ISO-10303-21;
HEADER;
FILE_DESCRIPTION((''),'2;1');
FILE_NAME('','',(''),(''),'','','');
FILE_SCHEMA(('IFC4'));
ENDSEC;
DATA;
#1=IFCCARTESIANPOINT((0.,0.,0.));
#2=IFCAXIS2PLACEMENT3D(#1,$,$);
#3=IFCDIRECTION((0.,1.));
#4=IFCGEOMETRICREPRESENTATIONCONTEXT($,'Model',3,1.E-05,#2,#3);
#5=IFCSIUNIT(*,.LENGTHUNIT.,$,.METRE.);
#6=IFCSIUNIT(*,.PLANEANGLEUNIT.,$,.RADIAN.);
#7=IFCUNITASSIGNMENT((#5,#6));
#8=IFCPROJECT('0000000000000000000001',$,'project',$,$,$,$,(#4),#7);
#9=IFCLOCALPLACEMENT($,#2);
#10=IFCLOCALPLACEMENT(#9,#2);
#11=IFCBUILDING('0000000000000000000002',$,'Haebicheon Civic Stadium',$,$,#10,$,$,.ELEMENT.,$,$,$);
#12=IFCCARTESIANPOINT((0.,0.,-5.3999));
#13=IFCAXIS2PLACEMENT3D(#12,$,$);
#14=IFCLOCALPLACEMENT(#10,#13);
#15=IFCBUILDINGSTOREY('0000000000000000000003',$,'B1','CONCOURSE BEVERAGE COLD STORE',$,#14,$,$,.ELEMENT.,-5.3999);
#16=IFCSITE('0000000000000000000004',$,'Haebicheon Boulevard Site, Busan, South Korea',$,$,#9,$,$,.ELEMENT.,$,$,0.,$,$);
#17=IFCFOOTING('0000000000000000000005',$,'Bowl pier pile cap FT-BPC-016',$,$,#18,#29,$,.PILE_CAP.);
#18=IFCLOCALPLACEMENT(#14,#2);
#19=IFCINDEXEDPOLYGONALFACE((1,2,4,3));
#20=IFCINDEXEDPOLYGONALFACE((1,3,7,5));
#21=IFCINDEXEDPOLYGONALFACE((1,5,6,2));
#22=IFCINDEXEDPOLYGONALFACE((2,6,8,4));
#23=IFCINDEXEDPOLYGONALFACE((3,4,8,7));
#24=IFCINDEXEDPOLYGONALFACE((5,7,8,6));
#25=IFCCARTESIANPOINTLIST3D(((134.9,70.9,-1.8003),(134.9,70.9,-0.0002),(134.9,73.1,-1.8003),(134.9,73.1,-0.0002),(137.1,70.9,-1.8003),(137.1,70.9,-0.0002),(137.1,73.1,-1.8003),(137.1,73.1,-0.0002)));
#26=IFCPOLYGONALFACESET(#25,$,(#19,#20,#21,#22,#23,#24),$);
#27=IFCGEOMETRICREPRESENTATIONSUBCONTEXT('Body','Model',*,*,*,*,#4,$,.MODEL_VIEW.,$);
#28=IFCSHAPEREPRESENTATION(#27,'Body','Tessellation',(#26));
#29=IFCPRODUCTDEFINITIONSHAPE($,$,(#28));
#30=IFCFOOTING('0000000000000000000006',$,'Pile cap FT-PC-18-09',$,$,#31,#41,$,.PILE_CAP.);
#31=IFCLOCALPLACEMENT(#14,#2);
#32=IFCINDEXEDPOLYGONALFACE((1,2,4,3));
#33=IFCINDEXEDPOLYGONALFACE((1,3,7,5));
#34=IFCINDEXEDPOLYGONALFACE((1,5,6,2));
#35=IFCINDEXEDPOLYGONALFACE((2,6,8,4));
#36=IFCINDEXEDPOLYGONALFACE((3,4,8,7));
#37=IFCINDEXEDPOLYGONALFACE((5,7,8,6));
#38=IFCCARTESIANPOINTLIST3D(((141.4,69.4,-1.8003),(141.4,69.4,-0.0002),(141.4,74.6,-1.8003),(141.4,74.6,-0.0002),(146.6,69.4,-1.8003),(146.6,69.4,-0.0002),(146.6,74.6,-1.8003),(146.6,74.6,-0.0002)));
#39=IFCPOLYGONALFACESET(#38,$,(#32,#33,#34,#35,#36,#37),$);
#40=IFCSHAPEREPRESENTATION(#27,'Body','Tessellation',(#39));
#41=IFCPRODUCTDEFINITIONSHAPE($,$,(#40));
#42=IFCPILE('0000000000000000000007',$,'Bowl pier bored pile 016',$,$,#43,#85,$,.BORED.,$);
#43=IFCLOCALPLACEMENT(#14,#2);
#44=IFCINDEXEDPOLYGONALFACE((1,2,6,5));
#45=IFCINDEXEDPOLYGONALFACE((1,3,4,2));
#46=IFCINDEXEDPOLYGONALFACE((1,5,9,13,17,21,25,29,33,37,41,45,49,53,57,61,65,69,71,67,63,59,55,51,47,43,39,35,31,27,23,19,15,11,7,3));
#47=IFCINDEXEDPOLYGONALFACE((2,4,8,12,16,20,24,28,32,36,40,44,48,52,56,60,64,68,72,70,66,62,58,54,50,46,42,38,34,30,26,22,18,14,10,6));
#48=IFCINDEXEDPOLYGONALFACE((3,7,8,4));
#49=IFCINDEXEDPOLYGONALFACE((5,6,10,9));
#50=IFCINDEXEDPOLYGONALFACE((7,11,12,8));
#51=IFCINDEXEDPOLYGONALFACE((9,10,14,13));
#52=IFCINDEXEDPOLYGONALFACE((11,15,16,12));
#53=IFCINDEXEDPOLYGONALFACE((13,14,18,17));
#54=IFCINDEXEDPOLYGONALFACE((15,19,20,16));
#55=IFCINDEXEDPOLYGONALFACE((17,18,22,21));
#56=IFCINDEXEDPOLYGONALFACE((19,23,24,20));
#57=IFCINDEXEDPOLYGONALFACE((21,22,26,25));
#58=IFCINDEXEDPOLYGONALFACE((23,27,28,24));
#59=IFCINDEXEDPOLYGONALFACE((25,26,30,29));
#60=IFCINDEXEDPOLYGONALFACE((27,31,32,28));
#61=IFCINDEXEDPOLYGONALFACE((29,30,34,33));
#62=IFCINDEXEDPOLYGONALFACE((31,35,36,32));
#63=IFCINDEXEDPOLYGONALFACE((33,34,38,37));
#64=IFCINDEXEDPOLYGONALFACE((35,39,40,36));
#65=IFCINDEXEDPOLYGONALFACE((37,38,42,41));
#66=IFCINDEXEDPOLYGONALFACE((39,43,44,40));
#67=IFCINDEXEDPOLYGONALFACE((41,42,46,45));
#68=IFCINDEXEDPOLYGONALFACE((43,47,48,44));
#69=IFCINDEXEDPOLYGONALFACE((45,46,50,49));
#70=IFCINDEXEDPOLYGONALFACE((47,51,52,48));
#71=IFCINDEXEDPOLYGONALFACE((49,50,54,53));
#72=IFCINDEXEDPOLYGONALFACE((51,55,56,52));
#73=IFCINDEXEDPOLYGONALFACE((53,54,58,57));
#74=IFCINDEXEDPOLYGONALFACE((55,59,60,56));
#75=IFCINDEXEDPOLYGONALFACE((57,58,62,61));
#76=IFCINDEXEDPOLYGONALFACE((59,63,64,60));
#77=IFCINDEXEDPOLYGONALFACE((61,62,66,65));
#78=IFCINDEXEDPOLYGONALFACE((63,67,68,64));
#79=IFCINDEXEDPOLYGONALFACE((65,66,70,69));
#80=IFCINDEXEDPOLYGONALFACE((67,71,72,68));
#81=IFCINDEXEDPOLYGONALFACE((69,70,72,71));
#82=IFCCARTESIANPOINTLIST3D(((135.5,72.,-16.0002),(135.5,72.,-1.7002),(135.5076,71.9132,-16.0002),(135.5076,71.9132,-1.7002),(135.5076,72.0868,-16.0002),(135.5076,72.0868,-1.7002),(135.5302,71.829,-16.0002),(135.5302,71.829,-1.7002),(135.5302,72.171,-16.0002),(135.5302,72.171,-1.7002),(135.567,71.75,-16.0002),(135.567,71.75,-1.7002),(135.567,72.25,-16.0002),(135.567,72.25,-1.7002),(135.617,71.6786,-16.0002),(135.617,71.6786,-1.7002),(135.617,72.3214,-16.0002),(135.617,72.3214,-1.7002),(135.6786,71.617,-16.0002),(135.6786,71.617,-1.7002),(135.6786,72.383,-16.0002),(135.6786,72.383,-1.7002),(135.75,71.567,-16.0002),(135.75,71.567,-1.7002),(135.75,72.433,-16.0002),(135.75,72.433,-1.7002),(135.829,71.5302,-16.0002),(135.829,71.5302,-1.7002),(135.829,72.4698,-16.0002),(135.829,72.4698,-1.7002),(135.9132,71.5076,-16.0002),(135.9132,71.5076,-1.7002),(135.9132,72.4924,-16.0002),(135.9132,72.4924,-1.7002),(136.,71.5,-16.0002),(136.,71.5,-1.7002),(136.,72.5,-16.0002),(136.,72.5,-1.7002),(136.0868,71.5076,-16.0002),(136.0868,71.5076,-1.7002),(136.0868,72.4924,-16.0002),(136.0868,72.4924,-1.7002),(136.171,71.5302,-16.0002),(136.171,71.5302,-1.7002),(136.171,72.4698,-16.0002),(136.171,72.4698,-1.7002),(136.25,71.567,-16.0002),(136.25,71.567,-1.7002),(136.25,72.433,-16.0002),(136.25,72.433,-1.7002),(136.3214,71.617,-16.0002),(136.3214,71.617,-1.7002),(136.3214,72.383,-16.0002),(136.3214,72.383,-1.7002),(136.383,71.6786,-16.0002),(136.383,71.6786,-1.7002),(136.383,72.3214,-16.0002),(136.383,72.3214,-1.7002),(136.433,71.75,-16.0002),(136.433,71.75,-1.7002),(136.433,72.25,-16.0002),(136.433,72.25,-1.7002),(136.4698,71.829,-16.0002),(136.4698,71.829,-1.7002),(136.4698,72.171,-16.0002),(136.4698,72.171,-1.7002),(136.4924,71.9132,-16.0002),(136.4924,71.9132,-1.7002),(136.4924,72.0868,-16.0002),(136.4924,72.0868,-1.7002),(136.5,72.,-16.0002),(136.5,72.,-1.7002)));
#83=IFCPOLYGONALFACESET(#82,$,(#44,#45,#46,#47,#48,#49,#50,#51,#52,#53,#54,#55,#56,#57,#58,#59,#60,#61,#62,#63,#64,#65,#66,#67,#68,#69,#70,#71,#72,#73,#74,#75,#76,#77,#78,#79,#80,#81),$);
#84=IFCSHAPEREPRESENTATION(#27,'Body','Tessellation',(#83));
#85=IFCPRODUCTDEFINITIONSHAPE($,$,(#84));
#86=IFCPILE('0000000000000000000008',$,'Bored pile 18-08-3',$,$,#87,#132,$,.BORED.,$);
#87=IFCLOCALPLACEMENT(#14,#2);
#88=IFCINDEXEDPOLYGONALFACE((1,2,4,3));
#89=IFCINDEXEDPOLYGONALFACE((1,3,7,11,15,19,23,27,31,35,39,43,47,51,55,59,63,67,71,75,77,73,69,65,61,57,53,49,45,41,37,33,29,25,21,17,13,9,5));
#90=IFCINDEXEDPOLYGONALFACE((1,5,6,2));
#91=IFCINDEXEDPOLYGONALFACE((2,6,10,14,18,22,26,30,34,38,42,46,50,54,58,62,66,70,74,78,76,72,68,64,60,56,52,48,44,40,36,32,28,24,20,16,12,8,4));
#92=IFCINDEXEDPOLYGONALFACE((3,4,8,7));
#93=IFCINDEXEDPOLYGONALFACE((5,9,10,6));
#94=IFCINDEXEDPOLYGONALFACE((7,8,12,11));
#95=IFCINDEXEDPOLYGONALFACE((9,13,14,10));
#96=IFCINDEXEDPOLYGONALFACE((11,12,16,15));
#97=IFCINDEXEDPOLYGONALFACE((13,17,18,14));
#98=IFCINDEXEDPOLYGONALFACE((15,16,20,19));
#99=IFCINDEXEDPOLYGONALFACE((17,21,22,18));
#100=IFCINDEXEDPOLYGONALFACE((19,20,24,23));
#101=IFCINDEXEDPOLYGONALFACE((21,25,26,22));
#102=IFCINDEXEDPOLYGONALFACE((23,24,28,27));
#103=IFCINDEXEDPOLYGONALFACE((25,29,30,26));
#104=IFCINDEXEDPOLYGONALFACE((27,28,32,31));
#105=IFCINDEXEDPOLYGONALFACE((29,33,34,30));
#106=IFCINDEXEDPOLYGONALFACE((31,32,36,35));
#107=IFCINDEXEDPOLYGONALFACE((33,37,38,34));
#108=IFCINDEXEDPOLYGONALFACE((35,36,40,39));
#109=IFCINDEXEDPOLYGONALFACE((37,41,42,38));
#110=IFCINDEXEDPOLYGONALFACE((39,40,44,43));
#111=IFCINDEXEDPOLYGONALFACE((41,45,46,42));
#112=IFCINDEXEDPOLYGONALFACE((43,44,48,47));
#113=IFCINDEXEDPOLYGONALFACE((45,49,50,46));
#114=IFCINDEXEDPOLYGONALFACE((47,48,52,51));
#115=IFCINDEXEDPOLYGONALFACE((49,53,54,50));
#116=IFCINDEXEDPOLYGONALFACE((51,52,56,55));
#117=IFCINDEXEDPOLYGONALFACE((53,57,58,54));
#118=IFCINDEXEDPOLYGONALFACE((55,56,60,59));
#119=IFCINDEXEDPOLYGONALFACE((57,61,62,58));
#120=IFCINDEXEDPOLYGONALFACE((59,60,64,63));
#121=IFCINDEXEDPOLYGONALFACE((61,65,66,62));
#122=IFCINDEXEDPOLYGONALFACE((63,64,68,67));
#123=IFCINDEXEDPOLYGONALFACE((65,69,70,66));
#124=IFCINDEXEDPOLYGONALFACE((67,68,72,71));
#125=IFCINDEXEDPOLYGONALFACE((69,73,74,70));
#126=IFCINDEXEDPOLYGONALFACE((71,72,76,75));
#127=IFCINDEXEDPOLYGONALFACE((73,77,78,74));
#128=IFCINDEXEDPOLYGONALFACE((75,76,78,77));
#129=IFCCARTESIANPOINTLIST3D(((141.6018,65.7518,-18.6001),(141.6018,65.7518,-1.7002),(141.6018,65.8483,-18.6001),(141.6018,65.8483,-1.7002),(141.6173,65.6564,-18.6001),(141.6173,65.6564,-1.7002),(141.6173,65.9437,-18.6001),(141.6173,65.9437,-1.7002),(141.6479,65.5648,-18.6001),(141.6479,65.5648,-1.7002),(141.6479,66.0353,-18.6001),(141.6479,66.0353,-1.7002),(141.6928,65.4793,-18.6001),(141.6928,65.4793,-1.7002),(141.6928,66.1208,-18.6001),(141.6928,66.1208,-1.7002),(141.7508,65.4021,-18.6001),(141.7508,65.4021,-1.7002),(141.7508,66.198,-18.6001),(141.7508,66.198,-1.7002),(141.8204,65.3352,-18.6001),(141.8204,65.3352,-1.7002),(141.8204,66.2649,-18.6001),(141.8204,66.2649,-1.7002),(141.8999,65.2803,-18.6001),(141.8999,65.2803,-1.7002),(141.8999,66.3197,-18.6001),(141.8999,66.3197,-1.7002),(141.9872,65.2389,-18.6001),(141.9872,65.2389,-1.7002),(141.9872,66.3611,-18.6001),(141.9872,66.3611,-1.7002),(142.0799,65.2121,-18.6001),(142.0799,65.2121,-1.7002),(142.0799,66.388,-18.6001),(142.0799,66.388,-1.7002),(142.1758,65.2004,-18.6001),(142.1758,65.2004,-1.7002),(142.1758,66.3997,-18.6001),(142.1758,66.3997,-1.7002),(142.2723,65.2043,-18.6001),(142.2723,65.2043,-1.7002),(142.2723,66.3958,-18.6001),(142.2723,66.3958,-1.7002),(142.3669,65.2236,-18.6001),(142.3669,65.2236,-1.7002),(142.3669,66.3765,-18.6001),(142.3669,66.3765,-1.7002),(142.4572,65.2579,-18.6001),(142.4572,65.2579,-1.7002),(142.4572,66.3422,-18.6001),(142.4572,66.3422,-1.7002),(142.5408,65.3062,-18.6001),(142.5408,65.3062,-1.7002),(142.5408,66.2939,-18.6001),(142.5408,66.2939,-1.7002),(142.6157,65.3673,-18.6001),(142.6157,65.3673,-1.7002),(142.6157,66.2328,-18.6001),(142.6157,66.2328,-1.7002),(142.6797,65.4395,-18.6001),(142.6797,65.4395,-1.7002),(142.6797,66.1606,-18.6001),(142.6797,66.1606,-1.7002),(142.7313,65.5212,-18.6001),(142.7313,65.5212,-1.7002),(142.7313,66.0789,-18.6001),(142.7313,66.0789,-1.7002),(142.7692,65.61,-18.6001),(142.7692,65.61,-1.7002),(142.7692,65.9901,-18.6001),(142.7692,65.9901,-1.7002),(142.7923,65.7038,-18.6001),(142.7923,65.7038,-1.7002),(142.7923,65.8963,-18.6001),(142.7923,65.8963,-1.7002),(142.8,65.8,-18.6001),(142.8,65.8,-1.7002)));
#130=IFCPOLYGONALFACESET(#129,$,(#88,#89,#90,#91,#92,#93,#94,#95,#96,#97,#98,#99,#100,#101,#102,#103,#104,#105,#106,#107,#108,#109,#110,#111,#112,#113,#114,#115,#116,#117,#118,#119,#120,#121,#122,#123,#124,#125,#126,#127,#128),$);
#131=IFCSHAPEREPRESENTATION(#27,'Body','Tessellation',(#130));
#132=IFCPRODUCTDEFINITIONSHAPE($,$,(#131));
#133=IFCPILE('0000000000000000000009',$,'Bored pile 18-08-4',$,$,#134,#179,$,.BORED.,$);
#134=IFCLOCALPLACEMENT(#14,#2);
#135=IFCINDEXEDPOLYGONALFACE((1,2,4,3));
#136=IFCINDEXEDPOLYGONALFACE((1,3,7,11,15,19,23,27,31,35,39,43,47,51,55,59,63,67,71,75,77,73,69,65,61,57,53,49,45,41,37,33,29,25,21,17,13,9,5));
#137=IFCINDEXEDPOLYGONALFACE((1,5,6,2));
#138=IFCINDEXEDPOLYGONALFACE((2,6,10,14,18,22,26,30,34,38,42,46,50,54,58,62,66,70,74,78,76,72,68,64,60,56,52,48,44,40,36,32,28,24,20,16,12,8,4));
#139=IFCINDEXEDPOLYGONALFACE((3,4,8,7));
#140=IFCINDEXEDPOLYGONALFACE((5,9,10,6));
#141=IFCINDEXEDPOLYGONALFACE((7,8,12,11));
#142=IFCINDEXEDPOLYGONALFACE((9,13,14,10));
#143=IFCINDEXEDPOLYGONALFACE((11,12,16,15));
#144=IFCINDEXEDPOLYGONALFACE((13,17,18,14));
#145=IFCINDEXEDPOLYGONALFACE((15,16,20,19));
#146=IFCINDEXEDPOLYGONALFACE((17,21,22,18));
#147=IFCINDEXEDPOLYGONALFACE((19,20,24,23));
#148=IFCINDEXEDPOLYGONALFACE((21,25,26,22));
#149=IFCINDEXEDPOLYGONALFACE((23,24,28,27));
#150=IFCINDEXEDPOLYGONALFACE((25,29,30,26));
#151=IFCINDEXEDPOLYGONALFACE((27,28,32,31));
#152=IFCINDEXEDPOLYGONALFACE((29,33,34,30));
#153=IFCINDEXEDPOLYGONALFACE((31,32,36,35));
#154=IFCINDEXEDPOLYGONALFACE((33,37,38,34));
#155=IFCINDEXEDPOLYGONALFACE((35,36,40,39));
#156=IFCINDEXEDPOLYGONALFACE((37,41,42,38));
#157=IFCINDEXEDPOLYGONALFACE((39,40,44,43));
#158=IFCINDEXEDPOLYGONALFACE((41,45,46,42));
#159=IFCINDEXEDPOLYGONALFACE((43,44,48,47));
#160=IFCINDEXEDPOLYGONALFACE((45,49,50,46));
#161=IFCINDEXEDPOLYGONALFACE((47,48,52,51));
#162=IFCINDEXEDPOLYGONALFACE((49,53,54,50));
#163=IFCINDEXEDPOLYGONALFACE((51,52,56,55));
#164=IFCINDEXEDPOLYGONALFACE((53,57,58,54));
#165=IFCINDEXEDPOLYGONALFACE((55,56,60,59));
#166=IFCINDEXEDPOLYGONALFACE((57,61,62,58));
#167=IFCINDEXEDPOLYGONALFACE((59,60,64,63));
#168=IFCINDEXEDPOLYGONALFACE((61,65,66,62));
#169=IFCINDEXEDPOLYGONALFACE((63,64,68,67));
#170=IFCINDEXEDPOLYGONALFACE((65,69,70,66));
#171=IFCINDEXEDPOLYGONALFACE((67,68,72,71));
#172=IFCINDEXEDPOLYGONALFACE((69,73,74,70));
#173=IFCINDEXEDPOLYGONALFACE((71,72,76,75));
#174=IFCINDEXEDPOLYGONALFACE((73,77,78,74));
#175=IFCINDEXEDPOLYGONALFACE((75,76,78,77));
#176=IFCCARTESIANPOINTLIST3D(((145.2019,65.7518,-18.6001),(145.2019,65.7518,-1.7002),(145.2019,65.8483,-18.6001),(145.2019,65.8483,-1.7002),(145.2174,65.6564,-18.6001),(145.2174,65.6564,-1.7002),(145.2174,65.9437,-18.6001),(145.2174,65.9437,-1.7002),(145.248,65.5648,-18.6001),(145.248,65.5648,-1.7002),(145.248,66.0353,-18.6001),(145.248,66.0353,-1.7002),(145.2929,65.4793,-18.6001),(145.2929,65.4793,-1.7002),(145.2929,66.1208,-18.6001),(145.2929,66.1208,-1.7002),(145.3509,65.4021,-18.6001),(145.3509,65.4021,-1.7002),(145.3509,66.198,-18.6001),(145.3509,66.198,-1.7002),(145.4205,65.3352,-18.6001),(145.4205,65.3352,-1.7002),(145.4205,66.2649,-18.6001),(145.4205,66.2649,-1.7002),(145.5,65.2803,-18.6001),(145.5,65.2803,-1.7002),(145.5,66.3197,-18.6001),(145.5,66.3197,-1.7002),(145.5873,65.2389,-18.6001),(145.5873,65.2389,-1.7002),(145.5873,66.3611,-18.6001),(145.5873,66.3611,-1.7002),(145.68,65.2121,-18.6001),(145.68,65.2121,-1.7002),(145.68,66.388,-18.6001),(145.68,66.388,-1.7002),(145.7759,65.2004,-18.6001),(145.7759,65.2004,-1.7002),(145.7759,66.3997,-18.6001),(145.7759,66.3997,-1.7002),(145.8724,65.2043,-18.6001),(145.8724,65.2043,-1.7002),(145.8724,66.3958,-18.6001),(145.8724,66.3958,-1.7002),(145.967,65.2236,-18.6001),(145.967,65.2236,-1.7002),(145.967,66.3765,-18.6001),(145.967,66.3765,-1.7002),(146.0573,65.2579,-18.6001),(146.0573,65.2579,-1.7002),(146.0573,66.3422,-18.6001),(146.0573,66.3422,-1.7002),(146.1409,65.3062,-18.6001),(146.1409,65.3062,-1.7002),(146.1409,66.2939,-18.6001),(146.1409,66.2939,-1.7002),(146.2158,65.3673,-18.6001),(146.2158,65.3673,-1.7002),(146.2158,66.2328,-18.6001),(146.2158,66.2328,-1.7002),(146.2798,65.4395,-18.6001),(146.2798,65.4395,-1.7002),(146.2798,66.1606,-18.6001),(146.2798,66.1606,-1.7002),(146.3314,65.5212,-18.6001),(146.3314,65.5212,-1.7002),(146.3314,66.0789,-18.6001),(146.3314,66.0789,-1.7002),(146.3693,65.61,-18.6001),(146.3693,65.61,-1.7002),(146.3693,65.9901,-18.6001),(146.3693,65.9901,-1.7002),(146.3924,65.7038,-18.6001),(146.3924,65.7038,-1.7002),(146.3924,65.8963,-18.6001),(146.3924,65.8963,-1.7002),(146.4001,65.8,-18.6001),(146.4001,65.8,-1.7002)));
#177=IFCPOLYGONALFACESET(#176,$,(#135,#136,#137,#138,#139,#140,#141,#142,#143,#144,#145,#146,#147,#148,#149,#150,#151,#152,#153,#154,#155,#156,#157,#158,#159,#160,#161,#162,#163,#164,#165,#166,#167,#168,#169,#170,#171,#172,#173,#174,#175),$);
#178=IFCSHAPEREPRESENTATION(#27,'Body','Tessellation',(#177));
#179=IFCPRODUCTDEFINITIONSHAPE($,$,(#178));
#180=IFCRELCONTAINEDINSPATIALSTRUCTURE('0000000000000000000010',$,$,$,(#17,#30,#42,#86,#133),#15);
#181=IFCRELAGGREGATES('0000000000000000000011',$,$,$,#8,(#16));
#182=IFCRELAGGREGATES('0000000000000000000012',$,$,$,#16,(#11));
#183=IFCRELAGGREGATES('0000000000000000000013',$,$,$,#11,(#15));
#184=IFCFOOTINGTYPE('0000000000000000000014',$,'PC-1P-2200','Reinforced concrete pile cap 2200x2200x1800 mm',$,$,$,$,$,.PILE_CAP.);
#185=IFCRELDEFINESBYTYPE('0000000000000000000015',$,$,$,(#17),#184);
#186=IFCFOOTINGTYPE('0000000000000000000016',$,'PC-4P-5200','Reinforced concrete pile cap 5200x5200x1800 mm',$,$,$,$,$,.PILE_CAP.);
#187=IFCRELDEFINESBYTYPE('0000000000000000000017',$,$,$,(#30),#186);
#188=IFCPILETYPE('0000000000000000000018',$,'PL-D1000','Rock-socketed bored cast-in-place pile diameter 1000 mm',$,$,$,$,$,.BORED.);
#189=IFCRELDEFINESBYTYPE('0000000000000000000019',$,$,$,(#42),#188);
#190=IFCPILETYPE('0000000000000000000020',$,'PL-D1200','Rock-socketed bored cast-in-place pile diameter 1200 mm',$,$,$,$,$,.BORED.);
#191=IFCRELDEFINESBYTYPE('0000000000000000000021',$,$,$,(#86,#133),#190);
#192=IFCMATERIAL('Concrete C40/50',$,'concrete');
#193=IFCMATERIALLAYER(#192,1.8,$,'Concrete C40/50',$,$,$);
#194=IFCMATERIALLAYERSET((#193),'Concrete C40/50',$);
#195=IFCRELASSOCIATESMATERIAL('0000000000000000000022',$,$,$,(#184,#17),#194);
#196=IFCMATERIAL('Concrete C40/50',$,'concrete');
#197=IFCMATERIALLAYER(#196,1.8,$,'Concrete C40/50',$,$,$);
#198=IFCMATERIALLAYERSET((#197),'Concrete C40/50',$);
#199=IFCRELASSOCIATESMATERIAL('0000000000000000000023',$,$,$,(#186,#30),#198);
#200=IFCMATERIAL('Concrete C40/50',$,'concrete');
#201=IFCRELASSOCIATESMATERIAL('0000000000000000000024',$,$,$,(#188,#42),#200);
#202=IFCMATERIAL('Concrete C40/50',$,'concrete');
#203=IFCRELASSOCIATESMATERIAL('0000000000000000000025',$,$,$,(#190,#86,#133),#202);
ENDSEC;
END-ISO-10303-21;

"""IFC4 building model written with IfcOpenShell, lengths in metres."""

from ifc_helpers import new_model, si_unit, direction, frame, origin, origin_2d, place, context, subcontext, project, spatial, rectangle, circle, extrude, material, layer, layer_set, material_profile, profile_set, type_object, element, save


model = new_model("IFC4")

# Units and contexts
model_context = context("Model", 3, precision=1e-05, world=origin(), true_north=direction((0.0, 1.0)))
body_context = subcontext(model_context, "Body", "Model", "MODEL_VIEW")
ifc_project = project(units=[si_unit("LENGTHUNIT", "METRE"), si_unit("PLANEANGLEUNIT", "RADIAN")], contexts=[model_context])

# Site, building, storey
site_placement = place(None, origin())
site = spatial("IfcSite", under=ifc_project, at=site_placement, Name="Haebicheon Boulevard Site, Busan, South Korea", CompositionType="ELEMENT", RefElevation=0.0)
building_placement = place(site_placement, origin())
building = spatial("IfcBuilding", under=site, at=building_placement, Name="Haebicheon Civic Stadium", CompositionType="ELEMENT")
storey_placement = place(building_placement, frame((0.0, 0.0, -5.3999)))
storey = spatial("IfcBuildingStorey", under=building, at=storey_placement, Name="B1", Description="CONCOURSE BEVERAGE COLD STORE", CompositionType="ELEMENT", Elevation=-5.3999)

# Footings
ifc_material_1 = material(Name="Concrete C40/50", Category="concrete")
ifc_layer_1 = layer(ifc_material_1, 1.8, Name="Concrete C40/50")
ifc_layer_set_1 = layer_set([ifc_layer_1], Name="Concrete C40/50")
footing_type_1 = type_object("IfcFootingType", Name="PC-1P-2200", Description="Reinforced concrete pile cap 2200x2200x1800 mm", PredefinedType="PILE_CAP", material=ifc_layer_set_1)
footing_1_placement = place(storey_placement, frame((136.0, 72.0, -1.8003), z_axis=(0.0, 0.0, 1.0), x_axis=(1.0, 0.0, 0.0)))
element("IfcFooting", 1, at=footing_1_placement, inside=storey, type_object=footing_type_1, material=ifc_layer_set_1, Name="Bowl pier pile cap FT-BPC-016", PredefinedType="PILE_CAP", context=body_context, shape_type="SweptSolid", body=[
    extrude(rectangle(XDim=2.2, YDim=2.2, at=origin_2d()), origin(), (0.0, 0.0, 1.0), 1.8),
])
ifc_material_2 = material(Name="Concrete C40/50", Category="concrete")
ifc_layer_2 = layer(ifc_material_2, 1.8, Name="Concrete C40/50")
ifc_layer_set_2 = layer_set([ifc_layer_2], Name="Concrete C40/50")
footing_type_2 = type_object("IfcFootingType", Name="PC-4P-5200", Description="Reinforced concrete pile cap 5200x5200x1800 mm", PredefinedType="PILE_CAP", material=ifc_layer_set_2)
footing_2_placement = place(storey_placement, frame((144.0, 72.0, -1.8003), z_axis=(0.0, 0.0, 1.0), x_axis=(1.0, 0.0, 0.0)))
element("IfcFooting", 2, at=footing_2_placement, inside=storey, type_object=footing_type_2, material=ifc_layer_set_2, Name="Pile cap FT-PC-18-09", PredefinedType="PILE_CAP", context=body_context, shape_type="SweptSolid", body=[
    extrude(rectangle(XDim=5.2, YDim=5.2, at=origin_2d()), origin(), (0.0, 0.0, 1.0), 1.8),
])

# Piles
ifc_material_3 = material(Name="Concrete C40/50", Category="concrete")
ifc_material_profile_1 = material_profile(ifc_material_3, circle(Radius=0.5, at=origin_2d()), Name="PILE-D1000")
ifc_profile_set_1 = profile_set([ifc_material_profile_1], Name="Concrete C40/50")
pile_type_1 = type_object("IfcPileType", Name="PL-D1000", Description="Rock-socketed bored cast-in-place pile diameter 1000 mm", PredefinedType="BORED", material=ifc_profile_set_1)
pile_placement = place(storey_placement, frame((136.0, 72.0, -1.7002), z_axis=(0.0, 0.0, -1.0), x_axis=(1.0, 0.0, 0.0)))
element("IfcPile", 3, at=pile_placement, inside=storey, type_object=pile_type_1, material=ifc_profile_set_1, Name="Bowl pier bored pile 016", PredefinedType="BORED", context=body_context, shape_type="SweptSolid", body=[
    extrude(circle(Radius=0.5, at=origin_2d()), origin(), (0.0, 0.0, 1.0), 14.3),
])
ifc_material_4 = material(Name="Concrete C40/50", Category="concrete")
ifc_material_profile_2 = material_profile(ifc_material_4, circle(Radius=0.6001, at=origin_2d()), Name="PILE-D1200")
ifc_profile_set_2 = profile_set([ifc_material_profile_2], Name="Concrete C40/50")
pile_type_2 = type_object("IfcPileType", Name="PL-D1200", Description="Rock-socketed bored cast-in-place pile diameter 1200 mm", PredefinedType="BORED", material=ifc_profile_set_2)
for number, where, z_axis, x_axis, name in (
    (4, (142.2, 65.8, -1.7002), (0.0, 0.0, -1.0), (1.0, 0.0, 0.0), "Bored pile 18-08-3"),
    (5, (145.8, 65.8, -1.7002), (0.0, 0.0, -1.0), (1.0, 0.0, 0.0), "Bored pile 18-08-4"),
):
    element("IfcPile", number, at=place(storey_placement, frame(where, z_axis=z_axis, x_axis=x_axis)), inside=storey, type_object=pile_type_2, material=ifc_profile_set_2, Name=name, PredefinedType="BORED", context=body_context, shape_type="SweptSolid", body=[
        extrude(circle(Radius=0.6001, at=origin_2d()), origin(), (0.0, 0.0, 1.0), 16.8999),
    ])

save(model, "model.ifc")
